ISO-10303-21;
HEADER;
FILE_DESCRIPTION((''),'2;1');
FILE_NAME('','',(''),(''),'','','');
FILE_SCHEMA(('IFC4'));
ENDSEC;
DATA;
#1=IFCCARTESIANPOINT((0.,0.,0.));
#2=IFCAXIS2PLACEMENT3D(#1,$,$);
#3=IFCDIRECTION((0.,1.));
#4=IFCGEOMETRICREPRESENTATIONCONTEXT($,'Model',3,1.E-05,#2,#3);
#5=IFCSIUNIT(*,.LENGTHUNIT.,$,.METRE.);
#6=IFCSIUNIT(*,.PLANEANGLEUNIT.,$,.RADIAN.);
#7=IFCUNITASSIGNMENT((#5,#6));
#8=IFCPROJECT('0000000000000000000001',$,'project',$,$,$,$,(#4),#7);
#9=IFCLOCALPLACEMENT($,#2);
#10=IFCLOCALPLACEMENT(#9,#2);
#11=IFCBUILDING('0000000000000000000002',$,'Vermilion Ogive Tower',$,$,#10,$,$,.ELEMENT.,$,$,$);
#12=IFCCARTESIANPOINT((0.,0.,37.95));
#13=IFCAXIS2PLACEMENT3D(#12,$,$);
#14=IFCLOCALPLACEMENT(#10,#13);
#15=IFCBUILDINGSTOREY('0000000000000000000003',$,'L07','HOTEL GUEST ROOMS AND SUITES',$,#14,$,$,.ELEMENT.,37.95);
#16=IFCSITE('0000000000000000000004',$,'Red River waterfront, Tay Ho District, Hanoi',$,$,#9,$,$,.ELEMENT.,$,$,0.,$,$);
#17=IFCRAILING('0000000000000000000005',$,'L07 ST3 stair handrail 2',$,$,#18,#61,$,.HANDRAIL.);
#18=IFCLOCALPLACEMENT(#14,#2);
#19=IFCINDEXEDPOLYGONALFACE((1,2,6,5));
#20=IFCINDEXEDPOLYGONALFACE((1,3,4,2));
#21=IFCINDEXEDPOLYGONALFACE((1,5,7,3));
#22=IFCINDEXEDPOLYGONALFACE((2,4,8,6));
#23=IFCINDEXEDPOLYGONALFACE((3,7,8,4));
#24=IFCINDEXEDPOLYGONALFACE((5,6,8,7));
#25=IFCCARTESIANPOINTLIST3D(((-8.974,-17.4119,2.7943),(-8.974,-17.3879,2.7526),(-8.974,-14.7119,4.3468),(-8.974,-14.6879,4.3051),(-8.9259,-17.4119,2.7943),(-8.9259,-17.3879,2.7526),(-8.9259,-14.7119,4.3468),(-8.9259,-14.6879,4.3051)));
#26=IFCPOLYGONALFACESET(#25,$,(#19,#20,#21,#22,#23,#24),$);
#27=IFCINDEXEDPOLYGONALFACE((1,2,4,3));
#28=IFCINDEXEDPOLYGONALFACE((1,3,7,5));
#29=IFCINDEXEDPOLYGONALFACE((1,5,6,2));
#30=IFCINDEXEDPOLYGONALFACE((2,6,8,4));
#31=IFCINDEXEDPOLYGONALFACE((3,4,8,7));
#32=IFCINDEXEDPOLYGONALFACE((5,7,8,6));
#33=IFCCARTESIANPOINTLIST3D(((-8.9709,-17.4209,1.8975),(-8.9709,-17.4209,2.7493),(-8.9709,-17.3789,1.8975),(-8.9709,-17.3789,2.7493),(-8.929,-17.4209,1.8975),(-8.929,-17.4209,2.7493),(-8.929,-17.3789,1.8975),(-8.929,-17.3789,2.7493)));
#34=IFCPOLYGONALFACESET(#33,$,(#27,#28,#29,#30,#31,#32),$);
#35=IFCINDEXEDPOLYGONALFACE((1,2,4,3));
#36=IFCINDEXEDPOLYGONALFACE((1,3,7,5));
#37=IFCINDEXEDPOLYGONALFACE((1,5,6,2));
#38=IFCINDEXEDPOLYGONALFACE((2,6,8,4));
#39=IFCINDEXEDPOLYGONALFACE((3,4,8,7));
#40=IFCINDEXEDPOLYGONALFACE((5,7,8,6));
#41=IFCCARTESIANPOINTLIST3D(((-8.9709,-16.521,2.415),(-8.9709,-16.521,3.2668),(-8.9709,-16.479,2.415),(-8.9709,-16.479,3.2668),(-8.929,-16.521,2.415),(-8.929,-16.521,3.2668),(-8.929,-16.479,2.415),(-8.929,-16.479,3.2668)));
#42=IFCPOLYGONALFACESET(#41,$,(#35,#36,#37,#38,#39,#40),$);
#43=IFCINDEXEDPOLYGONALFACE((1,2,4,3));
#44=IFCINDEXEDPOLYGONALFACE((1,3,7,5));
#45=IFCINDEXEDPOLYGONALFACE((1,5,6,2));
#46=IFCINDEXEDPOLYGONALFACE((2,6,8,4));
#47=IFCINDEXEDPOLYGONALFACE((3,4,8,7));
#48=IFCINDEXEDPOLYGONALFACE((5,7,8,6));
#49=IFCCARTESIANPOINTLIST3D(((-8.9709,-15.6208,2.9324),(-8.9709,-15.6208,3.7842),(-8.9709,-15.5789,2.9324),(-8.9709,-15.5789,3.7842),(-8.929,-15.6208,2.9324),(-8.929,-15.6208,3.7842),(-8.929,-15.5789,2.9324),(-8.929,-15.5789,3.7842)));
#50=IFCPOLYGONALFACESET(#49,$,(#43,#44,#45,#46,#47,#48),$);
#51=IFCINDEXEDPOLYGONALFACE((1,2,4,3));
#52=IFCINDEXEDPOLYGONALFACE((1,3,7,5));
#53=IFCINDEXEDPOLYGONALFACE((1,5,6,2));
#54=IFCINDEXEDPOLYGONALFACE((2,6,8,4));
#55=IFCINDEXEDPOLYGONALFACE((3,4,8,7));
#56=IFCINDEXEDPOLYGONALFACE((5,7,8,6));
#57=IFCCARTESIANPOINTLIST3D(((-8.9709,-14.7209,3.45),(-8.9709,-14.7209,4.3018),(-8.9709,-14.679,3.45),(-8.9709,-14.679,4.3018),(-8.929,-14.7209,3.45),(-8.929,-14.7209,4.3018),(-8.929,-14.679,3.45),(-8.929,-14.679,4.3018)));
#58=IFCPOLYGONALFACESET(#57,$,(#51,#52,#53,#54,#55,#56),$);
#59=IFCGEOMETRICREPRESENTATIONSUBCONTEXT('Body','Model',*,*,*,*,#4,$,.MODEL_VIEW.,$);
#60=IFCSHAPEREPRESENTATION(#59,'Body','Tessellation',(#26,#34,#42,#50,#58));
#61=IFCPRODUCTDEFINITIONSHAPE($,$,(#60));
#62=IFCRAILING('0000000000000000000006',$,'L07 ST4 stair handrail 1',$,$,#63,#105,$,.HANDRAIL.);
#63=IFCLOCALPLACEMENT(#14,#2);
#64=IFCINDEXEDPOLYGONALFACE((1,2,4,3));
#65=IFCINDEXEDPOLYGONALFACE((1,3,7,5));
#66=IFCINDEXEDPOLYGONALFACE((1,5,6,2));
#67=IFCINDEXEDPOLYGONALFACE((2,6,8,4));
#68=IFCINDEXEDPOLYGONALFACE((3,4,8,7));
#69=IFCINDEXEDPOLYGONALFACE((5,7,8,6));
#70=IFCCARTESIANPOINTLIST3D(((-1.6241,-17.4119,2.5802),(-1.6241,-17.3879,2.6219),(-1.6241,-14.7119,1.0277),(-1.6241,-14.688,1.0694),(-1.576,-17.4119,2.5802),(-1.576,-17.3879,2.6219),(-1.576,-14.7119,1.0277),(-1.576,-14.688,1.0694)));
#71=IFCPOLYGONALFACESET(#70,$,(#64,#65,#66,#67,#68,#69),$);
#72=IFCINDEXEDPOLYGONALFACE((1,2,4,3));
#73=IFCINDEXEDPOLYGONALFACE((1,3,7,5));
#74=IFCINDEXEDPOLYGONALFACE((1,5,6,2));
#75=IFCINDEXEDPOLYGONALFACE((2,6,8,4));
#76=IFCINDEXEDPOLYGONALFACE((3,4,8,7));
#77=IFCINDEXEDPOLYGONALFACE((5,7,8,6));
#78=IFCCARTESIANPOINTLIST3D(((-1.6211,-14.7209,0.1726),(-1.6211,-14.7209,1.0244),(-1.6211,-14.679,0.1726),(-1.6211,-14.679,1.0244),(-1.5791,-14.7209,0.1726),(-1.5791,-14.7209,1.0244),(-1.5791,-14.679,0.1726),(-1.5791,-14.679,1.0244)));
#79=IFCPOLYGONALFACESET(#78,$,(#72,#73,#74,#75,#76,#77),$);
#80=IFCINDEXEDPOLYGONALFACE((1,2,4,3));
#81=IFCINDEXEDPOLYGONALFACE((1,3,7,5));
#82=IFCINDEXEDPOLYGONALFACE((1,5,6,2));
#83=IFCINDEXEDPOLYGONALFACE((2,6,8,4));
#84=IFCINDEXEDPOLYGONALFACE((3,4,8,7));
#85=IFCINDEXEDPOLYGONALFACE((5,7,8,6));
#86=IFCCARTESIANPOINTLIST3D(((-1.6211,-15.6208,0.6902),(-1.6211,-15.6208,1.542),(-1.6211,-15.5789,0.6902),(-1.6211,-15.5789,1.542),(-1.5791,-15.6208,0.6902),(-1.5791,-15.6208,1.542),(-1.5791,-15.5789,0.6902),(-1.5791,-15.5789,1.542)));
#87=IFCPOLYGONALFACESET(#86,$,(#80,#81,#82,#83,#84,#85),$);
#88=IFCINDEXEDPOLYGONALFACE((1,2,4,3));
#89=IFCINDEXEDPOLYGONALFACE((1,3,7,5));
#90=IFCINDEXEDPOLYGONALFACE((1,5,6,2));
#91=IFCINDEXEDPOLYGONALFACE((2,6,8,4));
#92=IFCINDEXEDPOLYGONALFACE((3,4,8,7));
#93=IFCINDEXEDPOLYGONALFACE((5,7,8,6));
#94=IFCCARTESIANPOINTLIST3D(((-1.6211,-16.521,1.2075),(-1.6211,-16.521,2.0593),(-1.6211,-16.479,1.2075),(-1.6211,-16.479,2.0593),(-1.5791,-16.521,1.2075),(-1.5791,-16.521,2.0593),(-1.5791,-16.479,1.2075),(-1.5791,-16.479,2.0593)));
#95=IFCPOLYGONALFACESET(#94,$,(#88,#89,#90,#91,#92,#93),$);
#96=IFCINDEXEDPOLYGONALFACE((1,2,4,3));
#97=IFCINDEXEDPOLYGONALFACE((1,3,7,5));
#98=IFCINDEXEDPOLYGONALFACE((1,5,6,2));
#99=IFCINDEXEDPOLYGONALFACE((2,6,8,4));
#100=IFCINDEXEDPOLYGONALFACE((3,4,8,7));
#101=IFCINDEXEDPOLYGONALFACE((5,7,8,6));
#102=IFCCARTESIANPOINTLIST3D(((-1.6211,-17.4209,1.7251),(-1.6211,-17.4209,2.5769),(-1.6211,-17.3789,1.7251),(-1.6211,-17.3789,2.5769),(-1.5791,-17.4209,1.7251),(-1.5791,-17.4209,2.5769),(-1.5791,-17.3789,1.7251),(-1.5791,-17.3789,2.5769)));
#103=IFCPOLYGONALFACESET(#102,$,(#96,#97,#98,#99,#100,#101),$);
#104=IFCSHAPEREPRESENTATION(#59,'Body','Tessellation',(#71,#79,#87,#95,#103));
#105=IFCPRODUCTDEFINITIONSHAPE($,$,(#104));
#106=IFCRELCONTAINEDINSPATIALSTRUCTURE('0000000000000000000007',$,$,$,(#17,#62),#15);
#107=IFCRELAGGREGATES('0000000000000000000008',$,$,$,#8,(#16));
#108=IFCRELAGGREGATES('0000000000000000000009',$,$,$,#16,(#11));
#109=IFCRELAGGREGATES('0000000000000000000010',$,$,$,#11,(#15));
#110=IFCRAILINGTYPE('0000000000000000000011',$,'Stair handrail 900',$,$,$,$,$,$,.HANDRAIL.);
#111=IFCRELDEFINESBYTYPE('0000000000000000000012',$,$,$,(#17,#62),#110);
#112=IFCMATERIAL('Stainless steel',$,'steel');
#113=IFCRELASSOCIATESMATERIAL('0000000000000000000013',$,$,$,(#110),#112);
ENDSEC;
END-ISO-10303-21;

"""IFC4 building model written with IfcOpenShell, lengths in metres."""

from ifc_helpers import new_model, si_unit, direction, frame, origin, origin_2d, place, context, subcontext, project, spatial, rectangle, extrude, material, type_object, element, save


model = new_model("IFC4")

# Units and contexts
model_context = context("Model", 3, precision=1e-05, world=origin(), true_north=direction((0.0, 1.0)))
body_context = subcontext(model_context, "Body", "Model", "MODEL_VIEW")
ifc_project = project(units=[si_unit("LENGTHUNIT", "METRE"), si_unit("PLANEANGLEUNIT", "RADIAN")], contexts=[model_context])

# Site, building, storey
site_placement = place(None, origin())
site = spatial("IfcSite", under=ifc_project, at=site_placement, Name="Red River waterfront, Tay Ho District, Hanoi", CompositionType="ELEMENT", RefElevation=0.0)
building_placement = place(site_placement, origin())
building = spatial("IfcBuilding", under=site, at=building_placement, Name="Vermilion Ogive Tower", CompositionType="ELEMENT")
storey_placement = place(building_placement, frame((0.0, 0.0, 37.95)))
storey = spatial("IfcBuildingStorey", under=building, at=storey_placement, Name="L07", Description="HOTEL GUEST ROOMS AND SUITES", CompositionType="ELEMENT", Elevation=37.95)

# Railings
ifc_material_1 = material(Name="Stainless steel", Category="steel")
railing_type_1 = type_object("IfcRailingType", Name="Stair handrail 900", PredefinedType="HANDRAIL", material=ifc_material_1)
railing_1_placement = place(storey_placement, frame((-8.95, -17.3999, 1.8975)))
element("IfcRailing", 1, at=railing_1_placement, inside=storey, type_object=railing_type_1, Name="L07 ST3 stair handrail 2", PredefinedType="HANDRAIL", context=body_context, shape_type="SweptSolid", body=[
    extrude(rectangle(XDim=0.0481, YDim=0.0481, at=origin_2d()), frame((0.0, 0.0, 0.876), z_axis=(0.0, 0.866904, 0.498476), x_axis=(-1.0, 0.0, 0.0)), (0.0, 0.0, 1.0), 3.1145),
    extrude(rectangle(XDim=0.042, YDim=0.042, at=origin_2d()), origin(), (0.0, 0.0, 1.0), 0.8518),
    extrude(rectangle(XDim=0.042, YDim=0.042, at=origin_2d()), frame((0.0, 0.8999, 0.5176)), (0.0, 0.0, 1.0), 0.8518),
    extrude(rectangle(XDim=0.042, YDim=0.042, at=origin_2d()), frame((0.0, 1.8, 1.0349)), (0.0, 0.0, 1.0), 0.8518),
    extrude(rectangle(XDim=0.042, YDim=0.042, at=origin_2d()), frame((0.0, 2.7, 1.5525)), (0.0, 0.0, 1.0), 0.8518),
])
railing_2_placement = place(storey_placement, frame((-1.6001, -14.7, 0.1726)))
element("IfcRailing", 2, at=railing_2_placement, inside=storey, type_object=railing_type_1, Name="L07 ST4 stair handrail 1", PredefinedType="HANDRAIL", context=body_context, shape_type="SweptSolid", body=[
    extrude(rectangle(XDim=0.0481, YDim=0.0481, at=origin_2d()), frame((0.0, 0.0, 0.876), z_axis=(0.0, -0.866904, 0.498476), x_axis=(1.0, 0.0, 0.0)), (0.0, 0.0, 1.0), 3.1145),
    extrude(rectangle(XDim=0.042, YDim=0.042, at=origin_2d()), origin(), (0.0, 0.0, 1.0), 0.8518),
    extrude(rectangle(XDim=0.042, YDim=0.042, at=origin_2d()), frame((0.0, -0.8999, 0.5176)), (0.0, 0.0, 1.0), 0.8518),
    extrude(rectangle(XDim=0.042, YDim=0.042, at=origin_2d()), frame((0.0, -1.8, 1.0349)), (0.0, 0.0, 1.0), 0.8518),
    extrude(rectangle(XDim=0.042, YDim=0.042, at=origin_2d()), frame((0.0, -2.7, 1.5525)), (0.0, 0.0, 1.0), 0.8518),
])

save(model, "model.ifc")
